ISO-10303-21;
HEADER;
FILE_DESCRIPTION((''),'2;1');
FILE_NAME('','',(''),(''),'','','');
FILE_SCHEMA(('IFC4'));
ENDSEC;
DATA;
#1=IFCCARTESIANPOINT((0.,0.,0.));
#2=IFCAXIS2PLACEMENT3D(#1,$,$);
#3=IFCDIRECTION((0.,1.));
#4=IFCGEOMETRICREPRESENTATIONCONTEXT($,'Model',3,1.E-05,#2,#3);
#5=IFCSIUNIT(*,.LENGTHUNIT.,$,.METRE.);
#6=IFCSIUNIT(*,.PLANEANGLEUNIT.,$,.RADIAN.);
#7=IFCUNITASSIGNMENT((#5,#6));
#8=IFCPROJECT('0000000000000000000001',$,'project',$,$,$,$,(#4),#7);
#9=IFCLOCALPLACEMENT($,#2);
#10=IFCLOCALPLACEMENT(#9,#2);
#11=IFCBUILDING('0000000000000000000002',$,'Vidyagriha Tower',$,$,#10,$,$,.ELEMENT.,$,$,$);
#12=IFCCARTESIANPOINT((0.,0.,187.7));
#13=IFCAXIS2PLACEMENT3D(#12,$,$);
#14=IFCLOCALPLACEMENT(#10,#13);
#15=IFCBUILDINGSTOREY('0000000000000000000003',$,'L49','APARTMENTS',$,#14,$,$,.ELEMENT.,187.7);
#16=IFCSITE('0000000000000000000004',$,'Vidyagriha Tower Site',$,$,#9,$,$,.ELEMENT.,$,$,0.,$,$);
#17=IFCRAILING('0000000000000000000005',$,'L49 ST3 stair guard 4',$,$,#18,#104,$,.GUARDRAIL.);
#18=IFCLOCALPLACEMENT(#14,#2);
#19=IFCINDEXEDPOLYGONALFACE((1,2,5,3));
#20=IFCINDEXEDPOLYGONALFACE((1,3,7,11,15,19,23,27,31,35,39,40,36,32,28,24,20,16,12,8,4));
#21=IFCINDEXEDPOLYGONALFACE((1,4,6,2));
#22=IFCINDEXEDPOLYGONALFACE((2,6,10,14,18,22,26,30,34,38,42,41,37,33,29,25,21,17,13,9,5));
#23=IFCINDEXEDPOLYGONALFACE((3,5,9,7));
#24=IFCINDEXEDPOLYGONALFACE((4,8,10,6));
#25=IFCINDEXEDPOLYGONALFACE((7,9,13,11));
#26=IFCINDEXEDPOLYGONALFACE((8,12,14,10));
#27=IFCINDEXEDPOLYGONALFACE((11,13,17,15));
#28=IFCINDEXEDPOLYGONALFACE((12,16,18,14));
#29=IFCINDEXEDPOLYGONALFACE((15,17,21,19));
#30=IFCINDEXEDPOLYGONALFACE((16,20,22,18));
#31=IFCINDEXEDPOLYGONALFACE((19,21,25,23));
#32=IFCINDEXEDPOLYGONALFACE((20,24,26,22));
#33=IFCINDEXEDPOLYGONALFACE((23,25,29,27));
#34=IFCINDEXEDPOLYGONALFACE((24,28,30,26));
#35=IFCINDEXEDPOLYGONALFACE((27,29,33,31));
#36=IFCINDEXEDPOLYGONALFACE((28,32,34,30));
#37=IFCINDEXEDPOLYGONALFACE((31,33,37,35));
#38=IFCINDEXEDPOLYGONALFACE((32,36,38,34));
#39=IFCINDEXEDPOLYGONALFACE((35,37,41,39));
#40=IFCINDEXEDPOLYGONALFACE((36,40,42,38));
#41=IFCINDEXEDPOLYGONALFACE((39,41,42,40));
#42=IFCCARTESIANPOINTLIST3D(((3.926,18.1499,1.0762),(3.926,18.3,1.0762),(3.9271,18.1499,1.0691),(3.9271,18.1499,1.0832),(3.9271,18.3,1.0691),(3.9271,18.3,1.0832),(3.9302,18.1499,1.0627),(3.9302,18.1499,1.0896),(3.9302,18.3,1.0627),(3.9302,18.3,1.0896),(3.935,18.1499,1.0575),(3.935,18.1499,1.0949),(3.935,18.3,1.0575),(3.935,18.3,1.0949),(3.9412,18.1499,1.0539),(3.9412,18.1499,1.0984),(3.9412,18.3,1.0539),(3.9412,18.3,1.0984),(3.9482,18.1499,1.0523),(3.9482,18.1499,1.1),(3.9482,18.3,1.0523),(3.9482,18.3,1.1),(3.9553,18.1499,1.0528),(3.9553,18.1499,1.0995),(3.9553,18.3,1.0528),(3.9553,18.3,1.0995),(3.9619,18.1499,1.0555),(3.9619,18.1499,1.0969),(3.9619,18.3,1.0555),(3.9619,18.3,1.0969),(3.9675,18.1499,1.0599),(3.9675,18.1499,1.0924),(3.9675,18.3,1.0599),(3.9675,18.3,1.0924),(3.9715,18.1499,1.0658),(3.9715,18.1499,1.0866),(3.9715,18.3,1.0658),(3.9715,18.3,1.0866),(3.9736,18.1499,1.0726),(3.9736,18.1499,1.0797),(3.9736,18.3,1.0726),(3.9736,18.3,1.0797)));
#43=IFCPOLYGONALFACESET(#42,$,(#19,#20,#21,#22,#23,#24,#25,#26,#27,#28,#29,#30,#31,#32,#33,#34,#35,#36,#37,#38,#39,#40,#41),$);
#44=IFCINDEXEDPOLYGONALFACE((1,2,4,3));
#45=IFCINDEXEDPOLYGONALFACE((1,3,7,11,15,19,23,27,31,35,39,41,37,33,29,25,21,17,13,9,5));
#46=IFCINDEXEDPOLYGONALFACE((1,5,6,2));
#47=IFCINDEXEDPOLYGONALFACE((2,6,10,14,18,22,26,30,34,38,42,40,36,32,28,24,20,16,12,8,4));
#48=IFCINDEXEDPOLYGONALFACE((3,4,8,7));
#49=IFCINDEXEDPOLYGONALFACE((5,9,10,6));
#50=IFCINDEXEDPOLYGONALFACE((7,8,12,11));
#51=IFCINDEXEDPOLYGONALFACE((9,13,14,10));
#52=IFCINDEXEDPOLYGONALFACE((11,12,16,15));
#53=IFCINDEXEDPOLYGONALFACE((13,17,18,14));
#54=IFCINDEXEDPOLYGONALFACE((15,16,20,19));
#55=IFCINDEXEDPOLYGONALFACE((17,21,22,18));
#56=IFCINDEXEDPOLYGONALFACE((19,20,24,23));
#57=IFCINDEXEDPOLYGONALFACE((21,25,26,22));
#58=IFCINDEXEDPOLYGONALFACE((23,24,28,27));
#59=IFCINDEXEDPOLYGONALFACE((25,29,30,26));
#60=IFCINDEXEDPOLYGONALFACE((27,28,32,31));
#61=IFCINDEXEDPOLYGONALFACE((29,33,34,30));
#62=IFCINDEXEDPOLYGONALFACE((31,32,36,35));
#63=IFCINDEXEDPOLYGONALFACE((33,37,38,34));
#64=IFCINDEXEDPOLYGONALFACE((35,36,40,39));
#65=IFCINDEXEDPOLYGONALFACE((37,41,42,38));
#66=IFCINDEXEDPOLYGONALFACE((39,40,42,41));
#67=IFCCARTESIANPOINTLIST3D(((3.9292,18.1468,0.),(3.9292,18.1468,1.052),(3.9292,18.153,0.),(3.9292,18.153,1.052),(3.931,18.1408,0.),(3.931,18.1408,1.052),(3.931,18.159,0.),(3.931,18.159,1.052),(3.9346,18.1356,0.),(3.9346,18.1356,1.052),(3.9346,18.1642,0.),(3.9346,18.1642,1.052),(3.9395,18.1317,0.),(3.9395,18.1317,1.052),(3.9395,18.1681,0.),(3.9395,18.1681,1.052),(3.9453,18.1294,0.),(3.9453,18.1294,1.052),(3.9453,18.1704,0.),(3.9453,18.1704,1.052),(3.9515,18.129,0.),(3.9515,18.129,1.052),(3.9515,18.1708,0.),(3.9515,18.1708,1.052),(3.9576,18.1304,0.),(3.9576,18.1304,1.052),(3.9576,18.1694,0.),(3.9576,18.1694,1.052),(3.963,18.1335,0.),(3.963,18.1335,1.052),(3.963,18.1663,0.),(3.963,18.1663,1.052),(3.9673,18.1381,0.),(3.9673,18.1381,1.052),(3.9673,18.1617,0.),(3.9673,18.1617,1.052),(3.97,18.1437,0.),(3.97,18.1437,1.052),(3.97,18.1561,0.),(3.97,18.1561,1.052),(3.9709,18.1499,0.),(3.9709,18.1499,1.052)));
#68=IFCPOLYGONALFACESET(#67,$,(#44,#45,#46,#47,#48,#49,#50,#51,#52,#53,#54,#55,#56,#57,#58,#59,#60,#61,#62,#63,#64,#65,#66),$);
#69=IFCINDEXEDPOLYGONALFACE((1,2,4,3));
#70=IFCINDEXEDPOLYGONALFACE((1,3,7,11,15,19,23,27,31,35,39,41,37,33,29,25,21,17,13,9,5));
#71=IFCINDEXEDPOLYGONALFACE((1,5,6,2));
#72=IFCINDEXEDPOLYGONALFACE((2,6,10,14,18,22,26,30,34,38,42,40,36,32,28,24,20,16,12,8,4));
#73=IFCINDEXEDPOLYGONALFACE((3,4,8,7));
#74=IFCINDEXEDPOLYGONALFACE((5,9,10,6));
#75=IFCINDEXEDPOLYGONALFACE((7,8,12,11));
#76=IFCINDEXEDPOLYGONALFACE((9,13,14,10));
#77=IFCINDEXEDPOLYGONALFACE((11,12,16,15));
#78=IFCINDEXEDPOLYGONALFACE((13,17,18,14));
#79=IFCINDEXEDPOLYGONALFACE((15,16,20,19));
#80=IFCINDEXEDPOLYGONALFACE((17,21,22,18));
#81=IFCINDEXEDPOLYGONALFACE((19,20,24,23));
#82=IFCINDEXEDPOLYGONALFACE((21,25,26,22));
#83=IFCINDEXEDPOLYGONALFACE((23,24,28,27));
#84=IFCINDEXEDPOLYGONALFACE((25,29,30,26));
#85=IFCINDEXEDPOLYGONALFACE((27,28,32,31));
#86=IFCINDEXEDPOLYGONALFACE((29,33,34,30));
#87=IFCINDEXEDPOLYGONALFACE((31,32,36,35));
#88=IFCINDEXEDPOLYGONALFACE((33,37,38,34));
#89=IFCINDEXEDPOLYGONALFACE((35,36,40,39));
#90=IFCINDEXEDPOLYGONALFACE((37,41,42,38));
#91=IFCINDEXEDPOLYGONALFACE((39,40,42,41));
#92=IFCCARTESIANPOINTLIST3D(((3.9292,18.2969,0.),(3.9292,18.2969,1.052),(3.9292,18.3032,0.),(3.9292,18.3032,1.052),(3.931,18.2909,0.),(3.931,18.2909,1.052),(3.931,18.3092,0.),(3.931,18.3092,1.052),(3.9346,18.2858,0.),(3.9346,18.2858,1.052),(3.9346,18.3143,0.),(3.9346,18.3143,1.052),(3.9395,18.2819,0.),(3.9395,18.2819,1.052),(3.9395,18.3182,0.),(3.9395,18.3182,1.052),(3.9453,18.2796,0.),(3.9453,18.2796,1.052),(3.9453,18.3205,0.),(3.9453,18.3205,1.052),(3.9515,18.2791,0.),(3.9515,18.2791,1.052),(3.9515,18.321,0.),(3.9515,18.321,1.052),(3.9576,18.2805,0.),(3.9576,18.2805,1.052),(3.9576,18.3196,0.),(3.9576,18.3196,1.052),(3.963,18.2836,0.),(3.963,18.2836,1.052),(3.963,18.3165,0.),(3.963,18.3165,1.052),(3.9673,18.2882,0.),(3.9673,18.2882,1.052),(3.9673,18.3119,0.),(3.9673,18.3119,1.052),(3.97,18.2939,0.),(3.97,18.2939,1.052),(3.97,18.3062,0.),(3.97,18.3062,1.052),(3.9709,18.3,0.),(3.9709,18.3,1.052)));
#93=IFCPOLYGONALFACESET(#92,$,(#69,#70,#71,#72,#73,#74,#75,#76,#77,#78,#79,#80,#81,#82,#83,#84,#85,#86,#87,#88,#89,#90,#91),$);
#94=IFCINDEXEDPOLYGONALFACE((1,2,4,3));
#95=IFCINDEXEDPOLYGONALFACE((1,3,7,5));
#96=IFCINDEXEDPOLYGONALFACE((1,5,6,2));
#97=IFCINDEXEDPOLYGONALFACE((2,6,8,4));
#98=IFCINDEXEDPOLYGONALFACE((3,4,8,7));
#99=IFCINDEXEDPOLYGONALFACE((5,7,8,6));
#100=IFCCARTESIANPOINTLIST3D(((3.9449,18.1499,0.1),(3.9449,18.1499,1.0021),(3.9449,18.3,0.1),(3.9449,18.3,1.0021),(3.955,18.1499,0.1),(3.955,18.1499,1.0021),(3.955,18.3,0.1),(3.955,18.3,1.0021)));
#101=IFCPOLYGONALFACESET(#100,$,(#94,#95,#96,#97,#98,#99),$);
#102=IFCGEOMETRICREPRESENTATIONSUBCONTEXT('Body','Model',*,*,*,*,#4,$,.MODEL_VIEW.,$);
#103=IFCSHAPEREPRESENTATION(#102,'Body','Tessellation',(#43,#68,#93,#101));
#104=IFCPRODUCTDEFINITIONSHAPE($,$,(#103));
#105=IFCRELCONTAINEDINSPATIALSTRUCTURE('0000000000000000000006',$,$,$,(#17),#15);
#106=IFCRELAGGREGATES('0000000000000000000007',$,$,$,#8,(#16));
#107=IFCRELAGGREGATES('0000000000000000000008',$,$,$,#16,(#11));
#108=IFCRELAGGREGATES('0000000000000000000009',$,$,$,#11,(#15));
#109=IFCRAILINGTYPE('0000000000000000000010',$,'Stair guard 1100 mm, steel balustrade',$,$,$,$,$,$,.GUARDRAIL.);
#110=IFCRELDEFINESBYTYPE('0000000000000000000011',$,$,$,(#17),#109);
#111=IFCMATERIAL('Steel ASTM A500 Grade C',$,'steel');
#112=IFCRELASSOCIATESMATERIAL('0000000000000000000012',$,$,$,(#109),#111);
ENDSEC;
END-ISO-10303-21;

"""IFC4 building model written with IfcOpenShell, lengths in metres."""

from ifc_helpers import new_model, si_unit, direction, frame, origin, origin_2d, place, context, subcontext, project, spatial, rectangle, circle, extrude, material, type_object, element, save


model = new_model("IFC4")

# Units and contexts
model_context = context("Model", 3, precision=1e-05, world=origin(), true_north=direction((0.0, 1.0)))
body_context = subcontext(model_context, "Body", "Model", "MODEL_VIEW")
ifc_project = project(units=[si_unit("LENGTHUNIT", "METRE"), si_unit("PLANEANGLEUNIT", "RADIAN")], contexts=[model_context])

# Site, building, storey
site_placement = place(None, origin())
site = spatial("IfcSite", under=ifc_project, at=site_placement, Name="Vidyagriha Tower Site", CompositionType="ELEMENT", RefElevation=0.0)
building_placement = place(site_placement, origin())
building = spatial("IfcBuilding", under=site, at=building_placement, Name="Vidyagriha Tower", CompositionType="ELEMENT")
storey_placement = place(building_placement, frame((0.0, 0.0, 187.7)))
storey = spatial("IfcBuildingStorey", under=building, at=storey_placement, Name="L49", Description="APARTMENTS", CompositionType="ELEMENT", Elevation=187.7)

# Railing
ifc_material_1 = material(Name="Steel ASTM A500 Grade C", Category="steel")
railing_type_1 = type_object("IfcRailingType", Name="Stair guard 1100 mm, steel balustrade", PredefinedType="GUARDRAIL", material=ifc_material_1)
railing_1_placement = place(storey_placement, frame((3.95, 18.1499, 0.0)))
element("IfcRailing", 1, at=railing_1_placement, inside=storey, type_object=railing_type_1, Name="L49 ST3 stair guard 4", PredefinedType="GUARDRAIL", context=body_context, shape_type="SweptSolid", body=[
    extrude(circle(Radius=0.0239, at=origin_2d()), frame((0.0, 0.0, 1.0762), z_axis=(0.0, 1.0, 0.0), x_axis=(-1.0, 0.0, 0.0)), (0.0, 0.0, 1.0), 0.1501),
    extrude(circle(Radius=0.021, at=origin_2d()), origin(), (0.0, 0.0, 1.0), 1.052),
    extrude(circle(Radius=0.021, at=origin_2d()), frame((0.0, 0.1501, 0.0)), (0.0, 0.0, 1.0), 1.052),
    extrude(rectangle(XDim=0.01, YDim=0.9021, at=origin_2d()), frame((0.0, 0.0, 0.551), z_axis=(0.0, 1.0, 0.0), x_axis=(-1.0, 0.0, 0.0)), (0.0, 0.0, 1.0), 0.1501),
])

save(model, "model.ifc")
